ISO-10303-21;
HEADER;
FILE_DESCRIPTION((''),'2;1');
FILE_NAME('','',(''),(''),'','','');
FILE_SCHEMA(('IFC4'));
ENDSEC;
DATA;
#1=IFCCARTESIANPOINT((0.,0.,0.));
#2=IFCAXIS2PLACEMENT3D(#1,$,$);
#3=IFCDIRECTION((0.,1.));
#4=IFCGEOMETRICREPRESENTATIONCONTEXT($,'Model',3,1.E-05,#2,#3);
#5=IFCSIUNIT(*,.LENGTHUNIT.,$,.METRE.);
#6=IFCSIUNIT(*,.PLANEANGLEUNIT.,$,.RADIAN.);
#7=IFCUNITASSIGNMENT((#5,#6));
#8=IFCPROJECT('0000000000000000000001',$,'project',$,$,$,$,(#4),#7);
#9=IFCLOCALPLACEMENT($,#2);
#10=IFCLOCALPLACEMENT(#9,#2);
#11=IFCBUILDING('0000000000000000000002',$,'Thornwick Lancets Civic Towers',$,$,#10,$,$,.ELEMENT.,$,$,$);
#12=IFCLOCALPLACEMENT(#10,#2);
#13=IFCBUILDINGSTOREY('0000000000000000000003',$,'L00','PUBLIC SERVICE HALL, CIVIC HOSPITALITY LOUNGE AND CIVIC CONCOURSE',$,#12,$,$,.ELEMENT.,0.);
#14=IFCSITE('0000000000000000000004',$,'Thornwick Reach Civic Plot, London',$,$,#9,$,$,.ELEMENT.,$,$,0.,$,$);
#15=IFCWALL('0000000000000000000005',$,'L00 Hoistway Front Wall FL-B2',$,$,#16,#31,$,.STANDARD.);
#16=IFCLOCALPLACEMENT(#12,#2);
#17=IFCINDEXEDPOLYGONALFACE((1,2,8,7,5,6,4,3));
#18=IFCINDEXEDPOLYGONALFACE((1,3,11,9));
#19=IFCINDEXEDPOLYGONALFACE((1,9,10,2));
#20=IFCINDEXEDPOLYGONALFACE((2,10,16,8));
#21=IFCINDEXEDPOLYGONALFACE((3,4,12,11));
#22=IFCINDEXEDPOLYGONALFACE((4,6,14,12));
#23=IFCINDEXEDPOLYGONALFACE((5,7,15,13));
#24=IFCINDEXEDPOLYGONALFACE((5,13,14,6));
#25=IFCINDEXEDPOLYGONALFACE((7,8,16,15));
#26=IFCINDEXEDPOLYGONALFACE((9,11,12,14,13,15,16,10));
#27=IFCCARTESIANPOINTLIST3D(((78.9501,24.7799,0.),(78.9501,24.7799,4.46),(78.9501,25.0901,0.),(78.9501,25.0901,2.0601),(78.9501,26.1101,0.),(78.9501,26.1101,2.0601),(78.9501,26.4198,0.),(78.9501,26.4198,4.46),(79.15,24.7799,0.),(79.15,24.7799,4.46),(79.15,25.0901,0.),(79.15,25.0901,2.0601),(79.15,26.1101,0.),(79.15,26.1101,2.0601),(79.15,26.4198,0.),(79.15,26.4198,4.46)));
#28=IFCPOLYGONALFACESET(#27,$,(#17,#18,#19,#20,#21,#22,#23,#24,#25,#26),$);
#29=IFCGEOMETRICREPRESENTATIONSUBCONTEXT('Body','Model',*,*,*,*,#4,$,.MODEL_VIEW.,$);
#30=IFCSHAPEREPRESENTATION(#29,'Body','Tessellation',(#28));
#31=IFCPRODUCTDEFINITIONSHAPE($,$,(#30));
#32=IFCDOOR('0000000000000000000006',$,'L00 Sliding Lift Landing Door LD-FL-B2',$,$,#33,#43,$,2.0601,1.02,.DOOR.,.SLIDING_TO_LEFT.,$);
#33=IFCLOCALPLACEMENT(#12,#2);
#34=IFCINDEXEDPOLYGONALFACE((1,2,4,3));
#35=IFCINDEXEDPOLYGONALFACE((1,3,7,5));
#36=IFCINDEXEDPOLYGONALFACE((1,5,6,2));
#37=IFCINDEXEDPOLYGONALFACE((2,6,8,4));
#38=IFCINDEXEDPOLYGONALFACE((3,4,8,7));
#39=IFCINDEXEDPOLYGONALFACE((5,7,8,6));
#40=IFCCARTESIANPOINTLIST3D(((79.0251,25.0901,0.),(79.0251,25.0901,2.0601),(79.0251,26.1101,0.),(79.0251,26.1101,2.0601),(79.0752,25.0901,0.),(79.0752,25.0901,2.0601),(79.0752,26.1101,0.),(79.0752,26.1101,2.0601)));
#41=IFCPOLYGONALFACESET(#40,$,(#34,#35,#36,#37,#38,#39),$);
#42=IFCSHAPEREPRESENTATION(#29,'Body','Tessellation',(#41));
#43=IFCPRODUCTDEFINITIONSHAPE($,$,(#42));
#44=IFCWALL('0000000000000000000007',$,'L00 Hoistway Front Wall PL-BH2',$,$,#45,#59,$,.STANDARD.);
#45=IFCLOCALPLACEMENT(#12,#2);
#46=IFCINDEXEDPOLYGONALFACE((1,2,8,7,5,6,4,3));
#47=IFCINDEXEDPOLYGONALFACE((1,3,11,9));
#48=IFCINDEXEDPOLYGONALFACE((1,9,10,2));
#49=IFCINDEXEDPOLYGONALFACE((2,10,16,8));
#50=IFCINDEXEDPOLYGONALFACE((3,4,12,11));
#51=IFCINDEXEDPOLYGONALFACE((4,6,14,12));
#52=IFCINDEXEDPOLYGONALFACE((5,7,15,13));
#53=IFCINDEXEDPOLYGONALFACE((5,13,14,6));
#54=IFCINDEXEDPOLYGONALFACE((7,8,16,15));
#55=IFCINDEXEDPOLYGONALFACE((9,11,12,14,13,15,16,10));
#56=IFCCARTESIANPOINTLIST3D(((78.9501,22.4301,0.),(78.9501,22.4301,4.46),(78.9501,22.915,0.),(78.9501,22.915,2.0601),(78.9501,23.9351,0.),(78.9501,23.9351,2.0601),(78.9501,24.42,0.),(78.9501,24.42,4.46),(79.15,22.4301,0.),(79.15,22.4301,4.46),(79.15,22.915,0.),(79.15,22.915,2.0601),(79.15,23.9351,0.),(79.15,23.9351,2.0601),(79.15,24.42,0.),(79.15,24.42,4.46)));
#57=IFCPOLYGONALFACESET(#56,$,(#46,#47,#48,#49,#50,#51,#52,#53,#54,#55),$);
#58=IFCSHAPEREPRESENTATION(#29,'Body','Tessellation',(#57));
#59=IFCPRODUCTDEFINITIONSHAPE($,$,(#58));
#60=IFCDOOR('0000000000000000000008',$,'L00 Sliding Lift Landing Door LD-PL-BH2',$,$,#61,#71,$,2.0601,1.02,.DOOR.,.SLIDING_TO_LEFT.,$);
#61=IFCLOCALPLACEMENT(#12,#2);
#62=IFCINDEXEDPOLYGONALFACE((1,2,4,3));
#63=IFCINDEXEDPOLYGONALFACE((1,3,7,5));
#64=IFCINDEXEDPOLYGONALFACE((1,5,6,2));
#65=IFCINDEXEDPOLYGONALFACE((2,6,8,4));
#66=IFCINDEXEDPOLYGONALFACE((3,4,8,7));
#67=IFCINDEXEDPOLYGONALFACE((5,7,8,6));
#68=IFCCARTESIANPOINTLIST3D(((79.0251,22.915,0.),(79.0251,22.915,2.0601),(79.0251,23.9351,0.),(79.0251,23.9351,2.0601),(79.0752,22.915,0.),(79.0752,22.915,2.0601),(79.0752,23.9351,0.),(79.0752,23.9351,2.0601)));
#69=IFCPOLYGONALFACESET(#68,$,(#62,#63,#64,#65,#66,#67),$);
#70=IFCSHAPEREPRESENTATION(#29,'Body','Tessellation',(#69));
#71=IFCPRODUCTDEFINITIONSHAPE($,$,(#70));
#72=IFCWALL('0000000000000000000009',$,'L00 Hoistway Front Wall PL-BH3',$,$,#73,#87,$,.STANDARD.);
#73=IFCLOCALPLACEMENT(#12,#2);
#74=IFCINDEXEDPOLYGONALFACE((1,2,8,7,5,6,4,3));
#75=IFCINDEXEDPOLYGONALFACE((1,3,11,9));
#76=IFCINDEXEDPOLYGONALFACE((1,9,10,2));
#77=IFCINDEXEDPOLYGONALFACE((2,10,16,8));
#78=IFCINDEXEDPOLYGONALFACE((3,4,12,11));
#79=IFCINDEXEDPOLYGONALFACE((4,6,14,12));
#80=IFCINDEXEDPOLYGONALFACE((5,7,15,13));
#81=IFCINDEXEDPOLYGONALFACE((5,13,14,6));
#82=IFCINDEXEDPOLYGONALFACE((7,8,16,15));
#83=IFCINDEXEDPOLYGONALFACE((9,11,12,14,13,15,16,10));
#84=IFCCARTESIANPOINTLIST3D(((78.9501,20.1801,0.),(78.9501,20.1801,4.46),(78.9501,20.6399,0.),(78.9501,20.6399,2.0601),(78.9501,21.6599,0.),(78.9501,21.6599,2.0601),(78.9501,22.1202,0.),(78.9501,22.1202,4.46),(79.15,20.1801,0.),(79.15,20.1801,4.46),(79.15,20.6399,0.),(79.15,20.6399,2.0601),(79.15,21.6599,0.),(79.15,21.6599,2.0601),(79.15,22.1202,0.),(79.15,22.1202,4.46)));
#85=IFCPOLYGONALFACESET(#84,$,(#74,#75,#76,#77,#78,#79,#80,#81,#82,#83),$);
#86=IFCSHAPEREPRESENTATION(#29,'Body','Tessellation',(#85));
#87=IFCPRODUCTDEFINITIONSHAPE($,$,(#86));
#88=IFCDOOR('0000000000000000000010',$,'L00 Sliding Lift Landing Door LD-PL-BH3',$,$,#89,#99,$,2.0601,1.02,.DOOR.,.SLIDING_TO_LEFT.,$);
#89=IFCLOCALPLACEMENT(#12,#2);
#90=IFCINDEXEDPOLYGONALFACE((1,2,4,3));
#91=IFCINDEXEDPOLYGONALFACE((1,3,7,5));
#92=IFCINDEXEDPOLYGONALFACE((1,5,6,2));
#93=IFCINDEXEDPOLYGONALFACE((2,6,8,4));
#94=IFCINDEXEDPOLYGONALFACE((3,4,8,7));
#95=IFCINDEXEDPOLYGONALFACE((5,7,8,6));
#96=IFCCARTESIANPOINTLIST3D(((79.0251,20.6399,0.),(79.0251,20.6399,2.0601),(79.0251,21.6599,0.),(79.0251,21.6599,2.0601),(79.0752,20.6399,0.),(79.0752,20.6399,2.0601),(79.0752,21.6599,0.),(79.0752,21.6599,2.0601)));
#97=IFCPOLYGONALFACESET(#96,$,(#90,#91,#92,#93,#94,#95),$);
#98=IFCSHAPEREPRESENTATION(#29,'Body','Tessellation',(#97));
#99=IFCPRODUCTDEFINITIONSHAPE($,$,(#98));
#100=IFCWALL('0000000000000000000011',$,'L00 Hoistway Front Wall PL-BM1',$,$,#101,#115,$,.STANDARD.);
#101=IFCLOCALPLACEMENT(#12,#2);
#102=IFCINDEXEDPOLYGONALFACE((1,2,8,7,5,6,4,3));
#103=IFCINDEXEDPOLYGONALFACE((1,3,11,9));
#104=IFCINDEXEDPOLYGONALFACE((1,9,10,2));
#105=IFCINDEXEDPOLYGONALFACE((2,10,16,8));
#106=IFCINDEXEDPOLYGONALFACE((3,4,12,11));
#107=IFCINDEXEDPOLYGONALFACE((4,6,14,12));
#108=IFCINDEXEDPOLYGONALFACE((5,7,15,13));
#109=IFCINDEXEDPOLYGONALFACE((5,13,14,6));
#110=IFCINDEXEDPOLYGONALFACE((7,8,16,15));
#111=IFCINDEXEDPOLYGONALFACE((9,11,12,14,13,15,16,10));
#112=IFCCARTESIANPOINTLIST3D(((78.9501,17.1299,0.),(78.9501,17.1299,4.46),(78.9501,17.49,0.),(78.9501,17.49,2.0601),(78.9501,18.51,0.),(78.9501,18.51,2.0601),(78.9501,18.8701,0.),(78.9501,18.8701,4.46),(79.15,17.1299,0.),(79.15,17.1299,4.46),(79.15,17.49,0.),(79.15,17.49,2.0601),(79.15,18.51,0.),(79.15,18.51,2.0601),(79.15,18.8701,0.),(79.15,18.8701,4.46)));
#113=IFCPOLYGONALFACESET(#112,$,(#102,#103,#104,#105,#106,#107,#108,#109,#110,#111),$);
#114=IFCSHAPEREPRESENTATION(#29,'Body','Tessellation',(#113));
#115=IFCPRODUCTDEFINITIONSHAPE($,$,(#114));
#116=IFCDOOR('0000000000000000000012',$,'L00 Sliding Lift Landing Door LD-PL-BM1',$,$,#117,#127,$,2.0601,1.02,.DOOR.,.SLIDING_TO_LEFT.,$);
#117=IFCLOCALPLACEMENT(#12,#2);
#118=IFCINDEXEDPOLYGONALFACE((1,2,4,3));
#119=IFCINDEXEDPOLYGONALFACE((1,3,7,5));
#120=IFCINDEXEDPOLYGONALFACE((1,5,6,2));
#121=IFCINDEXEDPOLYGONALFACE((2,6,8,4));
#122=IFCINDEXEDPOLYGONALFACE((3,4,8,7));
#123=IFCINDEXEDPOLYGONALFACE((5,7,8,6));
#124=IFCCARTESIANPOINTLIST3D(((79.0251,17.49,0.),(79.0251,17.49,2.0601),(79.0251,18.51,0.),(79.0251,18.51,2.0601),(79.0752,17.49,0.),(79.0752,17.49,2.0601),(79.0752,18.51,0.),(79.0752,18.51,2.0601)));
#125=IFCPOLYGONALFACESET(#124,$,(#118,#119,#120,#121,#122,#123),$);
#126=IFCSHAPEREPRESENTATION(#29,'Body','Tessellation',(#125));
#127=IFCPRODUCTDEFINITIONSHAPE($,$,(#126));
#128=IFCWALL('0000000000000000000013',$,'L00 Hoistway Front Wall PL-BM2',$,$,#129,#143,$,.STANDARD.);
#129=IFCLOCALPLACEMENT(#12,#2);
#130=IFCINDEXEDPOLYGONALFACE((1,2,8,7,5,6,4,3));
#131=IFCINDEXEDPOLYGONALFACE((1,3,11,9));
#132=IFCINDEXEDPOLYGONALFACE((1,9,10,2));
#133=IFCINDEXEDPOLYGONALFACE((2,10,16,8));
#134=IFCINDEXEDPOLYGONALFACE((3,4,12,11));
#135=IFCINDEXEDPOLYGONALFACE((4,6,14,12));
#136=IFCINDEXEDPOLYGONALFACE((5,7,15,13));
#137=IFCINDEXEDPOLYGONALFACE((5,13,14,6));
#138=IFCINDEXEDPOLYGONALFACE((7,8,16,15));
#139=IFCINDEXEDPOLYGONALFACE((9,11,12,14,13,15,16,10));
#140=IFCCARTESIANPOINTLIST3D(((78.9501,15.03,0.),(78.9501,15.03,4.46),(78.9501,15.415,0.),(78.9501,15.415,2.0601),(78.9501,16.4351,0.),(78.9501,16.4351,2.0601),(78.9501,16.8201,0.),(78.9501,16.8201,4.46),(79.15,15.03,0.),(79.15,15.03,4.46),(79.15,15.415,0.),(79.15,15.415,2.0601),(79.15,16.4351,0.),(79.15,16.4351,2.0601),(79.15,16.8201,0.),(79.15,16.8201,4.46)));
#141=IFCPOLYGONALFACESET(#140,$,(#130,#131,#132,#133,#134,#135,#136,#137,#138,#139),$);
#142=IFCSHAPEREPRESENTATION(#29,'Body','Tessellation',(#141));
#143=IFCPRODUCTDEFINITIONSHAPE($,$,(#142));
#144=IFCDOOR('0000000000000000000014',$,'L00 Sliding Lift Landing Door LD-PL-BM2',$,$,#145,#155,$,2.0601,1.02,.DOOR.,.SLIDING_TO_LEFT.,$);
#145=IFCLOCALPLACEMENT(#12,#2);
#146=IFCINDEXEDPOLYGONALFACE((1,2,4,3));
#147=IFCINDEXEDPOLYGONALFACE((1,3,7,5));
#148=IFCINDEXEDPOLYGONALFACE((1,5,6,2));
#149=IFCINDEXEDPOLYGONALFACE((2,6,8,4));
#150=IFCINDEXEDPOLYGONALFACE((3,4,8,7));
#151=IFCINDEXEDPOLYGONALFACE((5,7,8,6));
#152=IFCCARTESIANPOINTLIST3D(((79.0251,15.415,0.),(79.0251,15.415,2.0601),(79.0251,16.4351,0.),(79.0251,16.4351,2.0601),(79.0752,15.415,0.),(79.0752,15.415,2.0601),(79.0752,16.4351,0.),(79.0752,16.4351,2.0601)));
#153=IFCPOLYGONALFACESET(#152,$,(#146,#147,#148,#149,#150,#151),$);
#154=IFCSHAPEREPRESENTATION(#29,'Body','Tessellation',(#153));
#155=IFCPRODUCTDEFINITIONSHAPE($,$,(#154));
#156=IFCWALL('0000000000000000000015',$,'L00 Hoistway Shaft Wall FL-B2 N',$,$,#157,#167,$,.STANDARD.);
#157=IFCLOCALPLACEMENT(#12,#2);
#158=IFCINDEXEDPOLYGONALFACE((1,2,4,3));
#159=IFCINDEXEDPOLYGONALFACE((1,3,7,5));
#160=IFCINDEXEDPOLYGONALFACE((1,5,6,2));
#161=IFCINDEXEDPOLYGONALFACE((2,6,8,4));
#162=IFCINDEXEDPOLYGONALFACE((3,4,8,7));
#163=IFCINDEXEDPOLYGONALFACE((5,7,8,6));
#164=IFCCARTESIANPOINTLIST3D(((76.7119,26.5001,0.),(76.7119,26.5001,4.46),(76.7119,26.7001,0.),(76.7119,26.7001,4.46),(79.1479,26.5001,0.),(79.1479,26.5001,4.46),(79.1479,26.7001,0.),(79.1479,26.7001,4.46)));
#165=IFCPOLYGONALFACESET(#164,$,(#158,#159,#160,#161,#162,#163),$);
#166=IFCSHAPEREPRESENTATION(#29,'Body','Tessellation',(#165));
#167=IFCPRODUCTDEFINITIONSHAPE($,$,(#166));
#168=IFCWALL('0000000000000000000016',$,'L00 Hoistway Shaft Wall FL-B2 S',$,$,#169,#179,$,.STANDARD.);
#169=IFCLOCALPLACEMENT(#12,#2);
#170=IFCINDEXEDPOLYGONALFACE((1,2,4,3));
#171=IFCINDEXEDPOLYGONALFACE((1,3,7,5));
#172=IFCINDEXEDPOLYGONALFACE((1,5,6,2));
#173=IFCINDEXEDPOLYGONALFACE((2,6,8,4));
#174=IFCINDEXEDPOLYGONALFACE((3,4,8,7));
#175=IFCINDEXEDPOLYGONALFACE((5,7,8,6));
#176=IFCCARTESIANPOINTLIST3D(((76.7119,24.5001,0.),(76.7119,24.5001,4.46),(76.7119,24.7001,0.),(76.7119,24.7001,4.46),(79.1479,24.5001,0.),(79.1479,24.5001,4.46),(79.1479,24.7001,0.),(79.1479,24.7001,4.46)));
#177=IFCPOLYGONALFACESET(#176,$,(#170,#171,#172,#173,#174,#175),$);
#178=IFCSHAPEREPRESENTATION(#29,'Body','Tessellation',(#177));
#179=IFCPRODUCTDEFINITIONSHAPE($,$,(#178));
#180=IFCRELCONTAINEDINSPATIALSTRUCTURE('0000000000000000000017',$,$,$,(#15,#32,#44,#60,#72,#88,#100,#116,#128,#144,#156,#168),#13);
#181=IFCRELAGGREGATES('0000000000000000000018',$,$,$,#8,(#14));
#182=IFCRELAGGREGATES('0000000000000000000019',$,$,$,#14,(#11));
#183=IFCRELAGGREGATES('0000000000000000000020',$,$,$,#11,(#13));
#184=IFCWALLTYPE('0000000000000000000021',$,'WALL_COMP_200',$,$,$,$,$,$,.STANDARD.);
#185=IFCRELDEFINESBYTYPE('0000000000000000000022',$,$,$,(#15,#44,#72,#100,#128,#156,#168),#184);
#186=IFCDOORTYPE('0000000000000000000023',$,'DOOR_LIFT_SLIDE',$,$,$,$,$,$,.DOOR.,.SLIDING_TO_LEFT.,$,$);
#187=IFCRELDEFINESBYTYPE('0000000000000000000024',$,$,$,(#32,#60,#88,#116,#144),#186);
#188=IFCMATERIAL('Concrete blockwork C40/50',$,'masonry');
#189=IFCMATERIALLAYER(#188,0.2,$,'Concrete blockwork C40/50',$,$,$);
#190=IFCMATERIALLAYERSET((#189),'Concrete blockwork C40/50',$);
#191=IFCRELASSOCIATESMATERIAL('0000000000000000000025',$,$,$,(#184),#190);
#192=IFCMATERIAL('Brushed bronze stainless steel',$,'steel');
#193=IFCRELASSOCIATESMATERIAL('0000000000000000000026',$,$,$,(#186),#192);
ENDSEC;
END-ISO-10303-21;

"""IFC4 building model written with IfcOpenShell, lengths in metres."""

from ifc_helpers import new_model, si_unit, direction, frame, frame_2d, origin, place, context, subcontext, project, spatial, rectangle, extrude, material, layer, layer_set, type_object, element, fill, save


model = new_model("IFC4")

# Units and contexts
model_context = context("Model", 3, precision=1e-05, world=origin(), true_north=direction((0.0, 1.0)))
body_context = subcontext(model_context, "Body", "Model", "MODEL_VIEW")
ifc_project = project(units=[si_unit("LENGTHUNIT", "METRE"), si_unit("PLANEANGLEUNIT", "RADIAN")], contexts=[model_context])

# Site, building, storey
site_placement = place(None, origin())
site = spatial("IfcSite", under=ifc_project, at=site_placement, Name="Thornwick Reach Civic Plot, London", CompositionType="ELEMENT", RefElevation=0.0)
building_placement = place(site_placement, origin())
building = spatial("IfcBuilding", under=site, at=building_placement, Name="Thornwick Lancets Civic Towers", CompositionType="ELEMENT")
storey_placement = place(building_placement, origin())
storey = spatial("IfcBuildingStorey", under=building, at=storey_placement, Name="L00", Description="PUBLIC SERVICE HALL, CIVIC HOSPITALITY LOUNGE AND CIVIC CONCOURSE", CompositionType="ELEMENT", Elevation=0.0)

# Walls, openings, doors
ifc_material_1 = material(Name="Concrete blockwork C40/50", Category="masonry")
ifc_layer_1 = layer(ifc_material_1, 0.2, Name="Concrete blockwork C40/50")
ifc_layer_set_1 = layer_set([ifc_layer_1], Name="Concrete blockwork C40/50")
wall_type_1 = type_object("IfcWallType", Name="WALL_COMP_200", PredefinedType="STANDARD", material=ifc_layer_set_1)
wall_1_placement = place(storey_placement, frame((79.05, 24.78, 0.0), z_axis=(0.0, 0.0, 1.0), x_axis=(0.0, 1.0, 0.0)))
wall_1 = element("IfcWall", 1, at=wall_1_placement, inside=storey, type_object=wall_type_1, Name="L00 Hoistway Front Wall FL-B2", PredefinedType="STANDARD", context=body_context, shape_type="SweptSolid", body=[
    extrude(rectangle(XDim=1.6399, YDim=0.2, at=frame_2d((0.8198, 0.0))), origin(), (0.0, 0.0, 1.0), 4.46),
])
opening_1_placement = place(wall_1_placement, frame((0.3101, 0.0, 0.0)))
opening_1 = element("IfcOpeningElement", 2, at=opening_1_placement, cuts=wall_1, PredefinedType="OPENING", context=body_context, shape_type="SweptSolid", body=[
    extrude(rectangle(XDim=1.02, YDim=2.0601, at=frame_2d((0.51, 1.03))), frame((0.0, 0.1099, 0.0), z_axis=(0.0, -1.0, 0.0), x_axis=(1.0, 0.0, 0.0)), (0.0, 0.0, 1.0), 0.22),
])
ifc_material_2 = material(Name="Brushed bronze stainless steel", Category="steel")
door_type = type_object("IfcDoorType", Name="DOOR_LIFT_SLIDE", OperationType="SLIDING_TO_LEFT", PredefinedType="DOOR", material=ifc_material_2)
door_1_placement = place(opening_1_placement, origin())
door_1 = element("IfcDoor", 3, at=door_1_placement, inside=storey, type_object=door_type, Name="L00 Sliding Lift Landing Door LD-FL-B2", OperationType="SLIDING_TO_LEFT", OverallHeight=2.0601, OverallWidth=1.02, PredefinedType="DOOR", context=body_context, shape_type="SweptSolid", body=[
    extrude(rectangle(XDim=1.02, YDim=2.0601, at=frame_2d((0.51, 1.03))), frame((0.0, 0.0249, 0.0), z_axis=(0.0, -1.0, 0.0), x_axis=(1.0, 0.0, 0.0)), (0.0, 0.0, 1.0), 0.05),
])
fill(opening_1, door_1)
wall_2_placement = place(storey_placement, frame((79.05, 22.4299, 0.0), z_axis=(0.0, 0.0, 1.0), x_axis=(0.0, 1.0, 0.0)))
wall_2 = element("IfcWall", 4, at=wall_2_placement, inside=storey, type_object=wall_type_1, Name="L00 Hoistway Front Wall PL-BH2", PredefinedType="STANDARD", context=body_context, shape_type="SweptSolid", body=[
    extrude(rectangle(XDim=1.99, YDim=0.2, at=frame_2d((0.9951, 0.0))), origin(), (0.0, 0.0, 1.0), 4.46),
])
opening_2_placement = place(wall_2_placement, frame((0.4851, 0.0, 0.0)))
opening_2 = element("IfcOpeningElement", 5, at=opening_2_placement, cuts=wall_2, PredefinedType="OPENING", context=body_context, shape_type="SweptSolid", body=[
    extrude(rectangle(XDim=1.02, YDim=2.0601, at=frame_2d((0.51, 1.03))), frame((0.0, 0.1099, 0.0), z_axis=(0.0, -1.0, 0.0), x_axis=(1.0, 0.0, 0.0)), (0.0, 0.0, 1.0), 0.22),
])
door_2_placement = place(opening_2_placement, origin())
door_2 = element("IfcDoor", 6, at=door_2_placement, inside=storey, type_object=door_type, Name="L00 Sliding Lift Landing Door LD-PL-BH2", OperationType="SLIDING_TO_LEFT", OverallHeight=2.0601, OverallWidth=1.02, PredefinedType="DOOR", context=body_context, shape_type="SweptSolid", body=[
    extrude(rectangle(XDim=1.02, YDim=2.0601, at=frame_2d((0.51, 1.03))), frame((0.0, 0.0249, 0.0), z_axis=(0.0, -1.0, 0.0), x_axis=(1.0, 0.0, 0.0)), (0.0, 0.0, 1.0), 0.05),
])
fill(opening_2, door_2)
wall_3_placement = place(storey_placement, frame((79.05, 20.1799, 0.0), z_axis=(0.0, 0.0, 1.0), x_axis=(0.0, 1.0, 0.0)))
wall_3 = element("IfcWall", 7, at=wall_3_placement, inside=storey, type_object=wall_type_1, Name="L00 Hoistway Front Wall PL-BH3", PredefinedType="STANDARD", context=body_context, shape_type="SweptSolid", body=[
    extrude(rectangle(XDim=1.9402, YDim=0.2, at=frame_2d((0.9702, 0.0))), origin(), (0.0, 0.0, 1.0), 4.46),
])
opening_3_placement = place(wall_3_placement, frame((0.46, 0.0, 0.0)))
opening_3 = element("IfcOpeningElement", 8, at=opening_3_placement, cuts=wall_3, PredefinedType="OPENING", context=body_context, shape_type="SweptSolid", body=[
    extrude(rectangle(XDim=1.02, YDim=2.0601, at=frame_2d((0.51, 1.03))), frame((0.0, 0.1099, 0.0), z_axis=(0.0, -1.0, 0.0), x_axis=(1.0, 0.0, 0.0)), (0.0, 0.0, 1.0), 0.22),
])
door_3_placement = place(opening_3_placement, origin())
door_3 = element("IfcDoor", 9, at=door_3_placement, inside=storey, type_object=door_type, Name="L00 Sliding Lift Landing Door LD-PL-BH3", OperationType="SLIDING_TO_LEFT", OverallHeight=2.0601, OverallWidth=1.02, PredefinedType="DOOR", context=body_context, shape_type="SweptSolid", body=[
    extrude(rectangle(XDim=1.02, YDim=2.0601, at=frame_2d((0.51, 1.03))), frame((0.0, 0.0249, 0.0), z_axis=(0.0, -1.0, 0.0), x_axis=(1.0, 0.0, 0.0)), (0.0, 0.0, 1.0), 0.05),
])
fill(opening_3, door_3)
wall_4_placement = place(storey_placement, frame((79.05, 17.1299, 0.0), z_axis=(0.0, 0.0, 1.0), x_axis=(0.0, 1.0, 0.0)))
wall_4 = element("IfcWall", 10, at=wall_4_placement, inside=storey, type_object=wall_type_1, Name="L00 Hoistway Front Wall PL-BM1", PredefinedType="STANDARD", context=body_context, shape_type="SweptSolid", body=[
    extrude(rectangle(XDim=1.7402, YDim=0.2, at=frame_2d((0.8701, 0.0))), origin(), (0.0, 0.0, 1.0), 4.46),
])
opening_4_placement = place(wall_4_placement, frame((0.3601, 0.0, 0.0)))
opening_4 = element("IfcOpeningElement", 11, at=opening_4_placement, cuts=wall_4, PredefinedType="OPENING", context=body_context, shape_type="SweptSolid", body=[
    extrude(rectangle(XDim=1.02, YDim=2.0601, at=frame_2d((0.51, 1.03))), frame((0.0, 0.1099, 0.0), z_axis=(0.0, -1.0, 0.0), x_axis=(1.0, 0.0, 0.0)), (0.0, 0.0, 1.0), 0.22),
])
door_4_placement = place(opening_4_placement, origin())
door_4 = element("IfcDoor", 12, at=door_4_placement, inside=storey, type_object=door_type, Name="L00 Sliding Lift Landing Door LD-PL-BM1", OperationType="SLIDING_TO_LEFT", OverallHeight=2.0601, OverallWidth=1.02, PredefinedType="DOOR", context=body_context, shape_type="SweptSolid", body=[
    extrude(rectangle(XDim=1.02, YDim=2.0601, at=frame_2d((0.51, 1.03))), frame((0.0, 0.0249, 0.0), z_axis=(0.0, -1.0, 0.0), x_axis=(1.0, 0.0, 0.0)), (0.0, 0.0, 1.0), 0.05),
])
fill(opening_4, door_4)
wall_5_placement = place(storey_placement, frame((79.05, 15.03, 0.0), z_axis=(0.0, 0.0, 1.0), x_axis=(0.0, 1.0, 0.0)))
wall_5 = element("IfcWall", 13, at=wall_5_placement, inside=storey, type_object=wall_type_1, Name="L00 Hoistway Front Wall PL-BM2", PredefinedType="STANDARD", context=body_context, shape_type="SweptSolid", body=[
    extrude(rectangle(XDim=1.79, YDim=0.2, at=frame_2d((0.895, 0.0))), origin(), (0.0, 0.0, 1.0), 4.46),
])
opening_5_placement = place(wall_5_placement, frame((0.385, 0.0, 0.0)))
opening_5 = element("IfcOpeningElement", 14, at=opening_5_placement, cuts=wall_5, PredefinedType="OPENING", context=body_context, shape_type="SweptSolid", body=[
    extrude(rectangle(XDim=1.02, YDim=2.0601, at=frame_2d((0.51, 1.03))), frame((0.0, 0.1099, 0.0), z_axis=(0.0, -1.0, 0.0), x_axis=(1.0, 0.0, 0.0)), (0.0, 0.0, 1.0), 0.22),
])
door_5_placement = place(opening_5_placement, origin())
door_5 = element("IfcDoor", 15, at=door_5_placement, inside=storey, type_object=door_type, Name="L00 Sliding Lift Landing Door LD-PL-BM2", OperationType="SLIDING_TO_LEFT", OverallHeight=2.0601, OverallWidth=1.02, PredefinedType="DOOR", context=body_context, shape_type="SweptSolid", body=[
    extrude(rectangle(XDim=1.02, YDim=2.0601, at=frame_2d((0.51, 1.03))), frame((0.0, 0.0249, 0.0), z_axis=(0.0, -1.0, 0.0), x_axis=(1.0, 0.0, 0.0)), (0.0, 0.0, 1.0), 0.05),
])
fill(opening_5, door_5)

# Walls
for number, where, z_axis, x_axis, name in (
    (16, (76.7119, 26.6001, 0.0), (0.0, 0.0, 1.0), (1.0, 0.0, 0.0), "L00 Hoistway Shaft Wall FL-B2 N"),
    (17, (76.7119, 24.6001, 0.0), (0.0, 0.0, 1.0), (1.0, 0.0, 0.0), "L00 Hoistway Shaft Wall FL-B2 S"),
):
    element("IfcWall", number, at=place(storey_placement, frame(where, z_axis=z_axis, x_axis=x_axis)), inside=storey, type_object=wall_type_1, Name=name, PredefinedType="STANDARD", context=body_context, shape_type="SweptSolid", body=[
        extrude(rectangle(XDim=2.436, YDim=0.2, at=frame_2d((1.218, 0.0))), origin(), (0.0, 0.0, 1.0), 4.46),
    ])

save(model, "model.ifc")
